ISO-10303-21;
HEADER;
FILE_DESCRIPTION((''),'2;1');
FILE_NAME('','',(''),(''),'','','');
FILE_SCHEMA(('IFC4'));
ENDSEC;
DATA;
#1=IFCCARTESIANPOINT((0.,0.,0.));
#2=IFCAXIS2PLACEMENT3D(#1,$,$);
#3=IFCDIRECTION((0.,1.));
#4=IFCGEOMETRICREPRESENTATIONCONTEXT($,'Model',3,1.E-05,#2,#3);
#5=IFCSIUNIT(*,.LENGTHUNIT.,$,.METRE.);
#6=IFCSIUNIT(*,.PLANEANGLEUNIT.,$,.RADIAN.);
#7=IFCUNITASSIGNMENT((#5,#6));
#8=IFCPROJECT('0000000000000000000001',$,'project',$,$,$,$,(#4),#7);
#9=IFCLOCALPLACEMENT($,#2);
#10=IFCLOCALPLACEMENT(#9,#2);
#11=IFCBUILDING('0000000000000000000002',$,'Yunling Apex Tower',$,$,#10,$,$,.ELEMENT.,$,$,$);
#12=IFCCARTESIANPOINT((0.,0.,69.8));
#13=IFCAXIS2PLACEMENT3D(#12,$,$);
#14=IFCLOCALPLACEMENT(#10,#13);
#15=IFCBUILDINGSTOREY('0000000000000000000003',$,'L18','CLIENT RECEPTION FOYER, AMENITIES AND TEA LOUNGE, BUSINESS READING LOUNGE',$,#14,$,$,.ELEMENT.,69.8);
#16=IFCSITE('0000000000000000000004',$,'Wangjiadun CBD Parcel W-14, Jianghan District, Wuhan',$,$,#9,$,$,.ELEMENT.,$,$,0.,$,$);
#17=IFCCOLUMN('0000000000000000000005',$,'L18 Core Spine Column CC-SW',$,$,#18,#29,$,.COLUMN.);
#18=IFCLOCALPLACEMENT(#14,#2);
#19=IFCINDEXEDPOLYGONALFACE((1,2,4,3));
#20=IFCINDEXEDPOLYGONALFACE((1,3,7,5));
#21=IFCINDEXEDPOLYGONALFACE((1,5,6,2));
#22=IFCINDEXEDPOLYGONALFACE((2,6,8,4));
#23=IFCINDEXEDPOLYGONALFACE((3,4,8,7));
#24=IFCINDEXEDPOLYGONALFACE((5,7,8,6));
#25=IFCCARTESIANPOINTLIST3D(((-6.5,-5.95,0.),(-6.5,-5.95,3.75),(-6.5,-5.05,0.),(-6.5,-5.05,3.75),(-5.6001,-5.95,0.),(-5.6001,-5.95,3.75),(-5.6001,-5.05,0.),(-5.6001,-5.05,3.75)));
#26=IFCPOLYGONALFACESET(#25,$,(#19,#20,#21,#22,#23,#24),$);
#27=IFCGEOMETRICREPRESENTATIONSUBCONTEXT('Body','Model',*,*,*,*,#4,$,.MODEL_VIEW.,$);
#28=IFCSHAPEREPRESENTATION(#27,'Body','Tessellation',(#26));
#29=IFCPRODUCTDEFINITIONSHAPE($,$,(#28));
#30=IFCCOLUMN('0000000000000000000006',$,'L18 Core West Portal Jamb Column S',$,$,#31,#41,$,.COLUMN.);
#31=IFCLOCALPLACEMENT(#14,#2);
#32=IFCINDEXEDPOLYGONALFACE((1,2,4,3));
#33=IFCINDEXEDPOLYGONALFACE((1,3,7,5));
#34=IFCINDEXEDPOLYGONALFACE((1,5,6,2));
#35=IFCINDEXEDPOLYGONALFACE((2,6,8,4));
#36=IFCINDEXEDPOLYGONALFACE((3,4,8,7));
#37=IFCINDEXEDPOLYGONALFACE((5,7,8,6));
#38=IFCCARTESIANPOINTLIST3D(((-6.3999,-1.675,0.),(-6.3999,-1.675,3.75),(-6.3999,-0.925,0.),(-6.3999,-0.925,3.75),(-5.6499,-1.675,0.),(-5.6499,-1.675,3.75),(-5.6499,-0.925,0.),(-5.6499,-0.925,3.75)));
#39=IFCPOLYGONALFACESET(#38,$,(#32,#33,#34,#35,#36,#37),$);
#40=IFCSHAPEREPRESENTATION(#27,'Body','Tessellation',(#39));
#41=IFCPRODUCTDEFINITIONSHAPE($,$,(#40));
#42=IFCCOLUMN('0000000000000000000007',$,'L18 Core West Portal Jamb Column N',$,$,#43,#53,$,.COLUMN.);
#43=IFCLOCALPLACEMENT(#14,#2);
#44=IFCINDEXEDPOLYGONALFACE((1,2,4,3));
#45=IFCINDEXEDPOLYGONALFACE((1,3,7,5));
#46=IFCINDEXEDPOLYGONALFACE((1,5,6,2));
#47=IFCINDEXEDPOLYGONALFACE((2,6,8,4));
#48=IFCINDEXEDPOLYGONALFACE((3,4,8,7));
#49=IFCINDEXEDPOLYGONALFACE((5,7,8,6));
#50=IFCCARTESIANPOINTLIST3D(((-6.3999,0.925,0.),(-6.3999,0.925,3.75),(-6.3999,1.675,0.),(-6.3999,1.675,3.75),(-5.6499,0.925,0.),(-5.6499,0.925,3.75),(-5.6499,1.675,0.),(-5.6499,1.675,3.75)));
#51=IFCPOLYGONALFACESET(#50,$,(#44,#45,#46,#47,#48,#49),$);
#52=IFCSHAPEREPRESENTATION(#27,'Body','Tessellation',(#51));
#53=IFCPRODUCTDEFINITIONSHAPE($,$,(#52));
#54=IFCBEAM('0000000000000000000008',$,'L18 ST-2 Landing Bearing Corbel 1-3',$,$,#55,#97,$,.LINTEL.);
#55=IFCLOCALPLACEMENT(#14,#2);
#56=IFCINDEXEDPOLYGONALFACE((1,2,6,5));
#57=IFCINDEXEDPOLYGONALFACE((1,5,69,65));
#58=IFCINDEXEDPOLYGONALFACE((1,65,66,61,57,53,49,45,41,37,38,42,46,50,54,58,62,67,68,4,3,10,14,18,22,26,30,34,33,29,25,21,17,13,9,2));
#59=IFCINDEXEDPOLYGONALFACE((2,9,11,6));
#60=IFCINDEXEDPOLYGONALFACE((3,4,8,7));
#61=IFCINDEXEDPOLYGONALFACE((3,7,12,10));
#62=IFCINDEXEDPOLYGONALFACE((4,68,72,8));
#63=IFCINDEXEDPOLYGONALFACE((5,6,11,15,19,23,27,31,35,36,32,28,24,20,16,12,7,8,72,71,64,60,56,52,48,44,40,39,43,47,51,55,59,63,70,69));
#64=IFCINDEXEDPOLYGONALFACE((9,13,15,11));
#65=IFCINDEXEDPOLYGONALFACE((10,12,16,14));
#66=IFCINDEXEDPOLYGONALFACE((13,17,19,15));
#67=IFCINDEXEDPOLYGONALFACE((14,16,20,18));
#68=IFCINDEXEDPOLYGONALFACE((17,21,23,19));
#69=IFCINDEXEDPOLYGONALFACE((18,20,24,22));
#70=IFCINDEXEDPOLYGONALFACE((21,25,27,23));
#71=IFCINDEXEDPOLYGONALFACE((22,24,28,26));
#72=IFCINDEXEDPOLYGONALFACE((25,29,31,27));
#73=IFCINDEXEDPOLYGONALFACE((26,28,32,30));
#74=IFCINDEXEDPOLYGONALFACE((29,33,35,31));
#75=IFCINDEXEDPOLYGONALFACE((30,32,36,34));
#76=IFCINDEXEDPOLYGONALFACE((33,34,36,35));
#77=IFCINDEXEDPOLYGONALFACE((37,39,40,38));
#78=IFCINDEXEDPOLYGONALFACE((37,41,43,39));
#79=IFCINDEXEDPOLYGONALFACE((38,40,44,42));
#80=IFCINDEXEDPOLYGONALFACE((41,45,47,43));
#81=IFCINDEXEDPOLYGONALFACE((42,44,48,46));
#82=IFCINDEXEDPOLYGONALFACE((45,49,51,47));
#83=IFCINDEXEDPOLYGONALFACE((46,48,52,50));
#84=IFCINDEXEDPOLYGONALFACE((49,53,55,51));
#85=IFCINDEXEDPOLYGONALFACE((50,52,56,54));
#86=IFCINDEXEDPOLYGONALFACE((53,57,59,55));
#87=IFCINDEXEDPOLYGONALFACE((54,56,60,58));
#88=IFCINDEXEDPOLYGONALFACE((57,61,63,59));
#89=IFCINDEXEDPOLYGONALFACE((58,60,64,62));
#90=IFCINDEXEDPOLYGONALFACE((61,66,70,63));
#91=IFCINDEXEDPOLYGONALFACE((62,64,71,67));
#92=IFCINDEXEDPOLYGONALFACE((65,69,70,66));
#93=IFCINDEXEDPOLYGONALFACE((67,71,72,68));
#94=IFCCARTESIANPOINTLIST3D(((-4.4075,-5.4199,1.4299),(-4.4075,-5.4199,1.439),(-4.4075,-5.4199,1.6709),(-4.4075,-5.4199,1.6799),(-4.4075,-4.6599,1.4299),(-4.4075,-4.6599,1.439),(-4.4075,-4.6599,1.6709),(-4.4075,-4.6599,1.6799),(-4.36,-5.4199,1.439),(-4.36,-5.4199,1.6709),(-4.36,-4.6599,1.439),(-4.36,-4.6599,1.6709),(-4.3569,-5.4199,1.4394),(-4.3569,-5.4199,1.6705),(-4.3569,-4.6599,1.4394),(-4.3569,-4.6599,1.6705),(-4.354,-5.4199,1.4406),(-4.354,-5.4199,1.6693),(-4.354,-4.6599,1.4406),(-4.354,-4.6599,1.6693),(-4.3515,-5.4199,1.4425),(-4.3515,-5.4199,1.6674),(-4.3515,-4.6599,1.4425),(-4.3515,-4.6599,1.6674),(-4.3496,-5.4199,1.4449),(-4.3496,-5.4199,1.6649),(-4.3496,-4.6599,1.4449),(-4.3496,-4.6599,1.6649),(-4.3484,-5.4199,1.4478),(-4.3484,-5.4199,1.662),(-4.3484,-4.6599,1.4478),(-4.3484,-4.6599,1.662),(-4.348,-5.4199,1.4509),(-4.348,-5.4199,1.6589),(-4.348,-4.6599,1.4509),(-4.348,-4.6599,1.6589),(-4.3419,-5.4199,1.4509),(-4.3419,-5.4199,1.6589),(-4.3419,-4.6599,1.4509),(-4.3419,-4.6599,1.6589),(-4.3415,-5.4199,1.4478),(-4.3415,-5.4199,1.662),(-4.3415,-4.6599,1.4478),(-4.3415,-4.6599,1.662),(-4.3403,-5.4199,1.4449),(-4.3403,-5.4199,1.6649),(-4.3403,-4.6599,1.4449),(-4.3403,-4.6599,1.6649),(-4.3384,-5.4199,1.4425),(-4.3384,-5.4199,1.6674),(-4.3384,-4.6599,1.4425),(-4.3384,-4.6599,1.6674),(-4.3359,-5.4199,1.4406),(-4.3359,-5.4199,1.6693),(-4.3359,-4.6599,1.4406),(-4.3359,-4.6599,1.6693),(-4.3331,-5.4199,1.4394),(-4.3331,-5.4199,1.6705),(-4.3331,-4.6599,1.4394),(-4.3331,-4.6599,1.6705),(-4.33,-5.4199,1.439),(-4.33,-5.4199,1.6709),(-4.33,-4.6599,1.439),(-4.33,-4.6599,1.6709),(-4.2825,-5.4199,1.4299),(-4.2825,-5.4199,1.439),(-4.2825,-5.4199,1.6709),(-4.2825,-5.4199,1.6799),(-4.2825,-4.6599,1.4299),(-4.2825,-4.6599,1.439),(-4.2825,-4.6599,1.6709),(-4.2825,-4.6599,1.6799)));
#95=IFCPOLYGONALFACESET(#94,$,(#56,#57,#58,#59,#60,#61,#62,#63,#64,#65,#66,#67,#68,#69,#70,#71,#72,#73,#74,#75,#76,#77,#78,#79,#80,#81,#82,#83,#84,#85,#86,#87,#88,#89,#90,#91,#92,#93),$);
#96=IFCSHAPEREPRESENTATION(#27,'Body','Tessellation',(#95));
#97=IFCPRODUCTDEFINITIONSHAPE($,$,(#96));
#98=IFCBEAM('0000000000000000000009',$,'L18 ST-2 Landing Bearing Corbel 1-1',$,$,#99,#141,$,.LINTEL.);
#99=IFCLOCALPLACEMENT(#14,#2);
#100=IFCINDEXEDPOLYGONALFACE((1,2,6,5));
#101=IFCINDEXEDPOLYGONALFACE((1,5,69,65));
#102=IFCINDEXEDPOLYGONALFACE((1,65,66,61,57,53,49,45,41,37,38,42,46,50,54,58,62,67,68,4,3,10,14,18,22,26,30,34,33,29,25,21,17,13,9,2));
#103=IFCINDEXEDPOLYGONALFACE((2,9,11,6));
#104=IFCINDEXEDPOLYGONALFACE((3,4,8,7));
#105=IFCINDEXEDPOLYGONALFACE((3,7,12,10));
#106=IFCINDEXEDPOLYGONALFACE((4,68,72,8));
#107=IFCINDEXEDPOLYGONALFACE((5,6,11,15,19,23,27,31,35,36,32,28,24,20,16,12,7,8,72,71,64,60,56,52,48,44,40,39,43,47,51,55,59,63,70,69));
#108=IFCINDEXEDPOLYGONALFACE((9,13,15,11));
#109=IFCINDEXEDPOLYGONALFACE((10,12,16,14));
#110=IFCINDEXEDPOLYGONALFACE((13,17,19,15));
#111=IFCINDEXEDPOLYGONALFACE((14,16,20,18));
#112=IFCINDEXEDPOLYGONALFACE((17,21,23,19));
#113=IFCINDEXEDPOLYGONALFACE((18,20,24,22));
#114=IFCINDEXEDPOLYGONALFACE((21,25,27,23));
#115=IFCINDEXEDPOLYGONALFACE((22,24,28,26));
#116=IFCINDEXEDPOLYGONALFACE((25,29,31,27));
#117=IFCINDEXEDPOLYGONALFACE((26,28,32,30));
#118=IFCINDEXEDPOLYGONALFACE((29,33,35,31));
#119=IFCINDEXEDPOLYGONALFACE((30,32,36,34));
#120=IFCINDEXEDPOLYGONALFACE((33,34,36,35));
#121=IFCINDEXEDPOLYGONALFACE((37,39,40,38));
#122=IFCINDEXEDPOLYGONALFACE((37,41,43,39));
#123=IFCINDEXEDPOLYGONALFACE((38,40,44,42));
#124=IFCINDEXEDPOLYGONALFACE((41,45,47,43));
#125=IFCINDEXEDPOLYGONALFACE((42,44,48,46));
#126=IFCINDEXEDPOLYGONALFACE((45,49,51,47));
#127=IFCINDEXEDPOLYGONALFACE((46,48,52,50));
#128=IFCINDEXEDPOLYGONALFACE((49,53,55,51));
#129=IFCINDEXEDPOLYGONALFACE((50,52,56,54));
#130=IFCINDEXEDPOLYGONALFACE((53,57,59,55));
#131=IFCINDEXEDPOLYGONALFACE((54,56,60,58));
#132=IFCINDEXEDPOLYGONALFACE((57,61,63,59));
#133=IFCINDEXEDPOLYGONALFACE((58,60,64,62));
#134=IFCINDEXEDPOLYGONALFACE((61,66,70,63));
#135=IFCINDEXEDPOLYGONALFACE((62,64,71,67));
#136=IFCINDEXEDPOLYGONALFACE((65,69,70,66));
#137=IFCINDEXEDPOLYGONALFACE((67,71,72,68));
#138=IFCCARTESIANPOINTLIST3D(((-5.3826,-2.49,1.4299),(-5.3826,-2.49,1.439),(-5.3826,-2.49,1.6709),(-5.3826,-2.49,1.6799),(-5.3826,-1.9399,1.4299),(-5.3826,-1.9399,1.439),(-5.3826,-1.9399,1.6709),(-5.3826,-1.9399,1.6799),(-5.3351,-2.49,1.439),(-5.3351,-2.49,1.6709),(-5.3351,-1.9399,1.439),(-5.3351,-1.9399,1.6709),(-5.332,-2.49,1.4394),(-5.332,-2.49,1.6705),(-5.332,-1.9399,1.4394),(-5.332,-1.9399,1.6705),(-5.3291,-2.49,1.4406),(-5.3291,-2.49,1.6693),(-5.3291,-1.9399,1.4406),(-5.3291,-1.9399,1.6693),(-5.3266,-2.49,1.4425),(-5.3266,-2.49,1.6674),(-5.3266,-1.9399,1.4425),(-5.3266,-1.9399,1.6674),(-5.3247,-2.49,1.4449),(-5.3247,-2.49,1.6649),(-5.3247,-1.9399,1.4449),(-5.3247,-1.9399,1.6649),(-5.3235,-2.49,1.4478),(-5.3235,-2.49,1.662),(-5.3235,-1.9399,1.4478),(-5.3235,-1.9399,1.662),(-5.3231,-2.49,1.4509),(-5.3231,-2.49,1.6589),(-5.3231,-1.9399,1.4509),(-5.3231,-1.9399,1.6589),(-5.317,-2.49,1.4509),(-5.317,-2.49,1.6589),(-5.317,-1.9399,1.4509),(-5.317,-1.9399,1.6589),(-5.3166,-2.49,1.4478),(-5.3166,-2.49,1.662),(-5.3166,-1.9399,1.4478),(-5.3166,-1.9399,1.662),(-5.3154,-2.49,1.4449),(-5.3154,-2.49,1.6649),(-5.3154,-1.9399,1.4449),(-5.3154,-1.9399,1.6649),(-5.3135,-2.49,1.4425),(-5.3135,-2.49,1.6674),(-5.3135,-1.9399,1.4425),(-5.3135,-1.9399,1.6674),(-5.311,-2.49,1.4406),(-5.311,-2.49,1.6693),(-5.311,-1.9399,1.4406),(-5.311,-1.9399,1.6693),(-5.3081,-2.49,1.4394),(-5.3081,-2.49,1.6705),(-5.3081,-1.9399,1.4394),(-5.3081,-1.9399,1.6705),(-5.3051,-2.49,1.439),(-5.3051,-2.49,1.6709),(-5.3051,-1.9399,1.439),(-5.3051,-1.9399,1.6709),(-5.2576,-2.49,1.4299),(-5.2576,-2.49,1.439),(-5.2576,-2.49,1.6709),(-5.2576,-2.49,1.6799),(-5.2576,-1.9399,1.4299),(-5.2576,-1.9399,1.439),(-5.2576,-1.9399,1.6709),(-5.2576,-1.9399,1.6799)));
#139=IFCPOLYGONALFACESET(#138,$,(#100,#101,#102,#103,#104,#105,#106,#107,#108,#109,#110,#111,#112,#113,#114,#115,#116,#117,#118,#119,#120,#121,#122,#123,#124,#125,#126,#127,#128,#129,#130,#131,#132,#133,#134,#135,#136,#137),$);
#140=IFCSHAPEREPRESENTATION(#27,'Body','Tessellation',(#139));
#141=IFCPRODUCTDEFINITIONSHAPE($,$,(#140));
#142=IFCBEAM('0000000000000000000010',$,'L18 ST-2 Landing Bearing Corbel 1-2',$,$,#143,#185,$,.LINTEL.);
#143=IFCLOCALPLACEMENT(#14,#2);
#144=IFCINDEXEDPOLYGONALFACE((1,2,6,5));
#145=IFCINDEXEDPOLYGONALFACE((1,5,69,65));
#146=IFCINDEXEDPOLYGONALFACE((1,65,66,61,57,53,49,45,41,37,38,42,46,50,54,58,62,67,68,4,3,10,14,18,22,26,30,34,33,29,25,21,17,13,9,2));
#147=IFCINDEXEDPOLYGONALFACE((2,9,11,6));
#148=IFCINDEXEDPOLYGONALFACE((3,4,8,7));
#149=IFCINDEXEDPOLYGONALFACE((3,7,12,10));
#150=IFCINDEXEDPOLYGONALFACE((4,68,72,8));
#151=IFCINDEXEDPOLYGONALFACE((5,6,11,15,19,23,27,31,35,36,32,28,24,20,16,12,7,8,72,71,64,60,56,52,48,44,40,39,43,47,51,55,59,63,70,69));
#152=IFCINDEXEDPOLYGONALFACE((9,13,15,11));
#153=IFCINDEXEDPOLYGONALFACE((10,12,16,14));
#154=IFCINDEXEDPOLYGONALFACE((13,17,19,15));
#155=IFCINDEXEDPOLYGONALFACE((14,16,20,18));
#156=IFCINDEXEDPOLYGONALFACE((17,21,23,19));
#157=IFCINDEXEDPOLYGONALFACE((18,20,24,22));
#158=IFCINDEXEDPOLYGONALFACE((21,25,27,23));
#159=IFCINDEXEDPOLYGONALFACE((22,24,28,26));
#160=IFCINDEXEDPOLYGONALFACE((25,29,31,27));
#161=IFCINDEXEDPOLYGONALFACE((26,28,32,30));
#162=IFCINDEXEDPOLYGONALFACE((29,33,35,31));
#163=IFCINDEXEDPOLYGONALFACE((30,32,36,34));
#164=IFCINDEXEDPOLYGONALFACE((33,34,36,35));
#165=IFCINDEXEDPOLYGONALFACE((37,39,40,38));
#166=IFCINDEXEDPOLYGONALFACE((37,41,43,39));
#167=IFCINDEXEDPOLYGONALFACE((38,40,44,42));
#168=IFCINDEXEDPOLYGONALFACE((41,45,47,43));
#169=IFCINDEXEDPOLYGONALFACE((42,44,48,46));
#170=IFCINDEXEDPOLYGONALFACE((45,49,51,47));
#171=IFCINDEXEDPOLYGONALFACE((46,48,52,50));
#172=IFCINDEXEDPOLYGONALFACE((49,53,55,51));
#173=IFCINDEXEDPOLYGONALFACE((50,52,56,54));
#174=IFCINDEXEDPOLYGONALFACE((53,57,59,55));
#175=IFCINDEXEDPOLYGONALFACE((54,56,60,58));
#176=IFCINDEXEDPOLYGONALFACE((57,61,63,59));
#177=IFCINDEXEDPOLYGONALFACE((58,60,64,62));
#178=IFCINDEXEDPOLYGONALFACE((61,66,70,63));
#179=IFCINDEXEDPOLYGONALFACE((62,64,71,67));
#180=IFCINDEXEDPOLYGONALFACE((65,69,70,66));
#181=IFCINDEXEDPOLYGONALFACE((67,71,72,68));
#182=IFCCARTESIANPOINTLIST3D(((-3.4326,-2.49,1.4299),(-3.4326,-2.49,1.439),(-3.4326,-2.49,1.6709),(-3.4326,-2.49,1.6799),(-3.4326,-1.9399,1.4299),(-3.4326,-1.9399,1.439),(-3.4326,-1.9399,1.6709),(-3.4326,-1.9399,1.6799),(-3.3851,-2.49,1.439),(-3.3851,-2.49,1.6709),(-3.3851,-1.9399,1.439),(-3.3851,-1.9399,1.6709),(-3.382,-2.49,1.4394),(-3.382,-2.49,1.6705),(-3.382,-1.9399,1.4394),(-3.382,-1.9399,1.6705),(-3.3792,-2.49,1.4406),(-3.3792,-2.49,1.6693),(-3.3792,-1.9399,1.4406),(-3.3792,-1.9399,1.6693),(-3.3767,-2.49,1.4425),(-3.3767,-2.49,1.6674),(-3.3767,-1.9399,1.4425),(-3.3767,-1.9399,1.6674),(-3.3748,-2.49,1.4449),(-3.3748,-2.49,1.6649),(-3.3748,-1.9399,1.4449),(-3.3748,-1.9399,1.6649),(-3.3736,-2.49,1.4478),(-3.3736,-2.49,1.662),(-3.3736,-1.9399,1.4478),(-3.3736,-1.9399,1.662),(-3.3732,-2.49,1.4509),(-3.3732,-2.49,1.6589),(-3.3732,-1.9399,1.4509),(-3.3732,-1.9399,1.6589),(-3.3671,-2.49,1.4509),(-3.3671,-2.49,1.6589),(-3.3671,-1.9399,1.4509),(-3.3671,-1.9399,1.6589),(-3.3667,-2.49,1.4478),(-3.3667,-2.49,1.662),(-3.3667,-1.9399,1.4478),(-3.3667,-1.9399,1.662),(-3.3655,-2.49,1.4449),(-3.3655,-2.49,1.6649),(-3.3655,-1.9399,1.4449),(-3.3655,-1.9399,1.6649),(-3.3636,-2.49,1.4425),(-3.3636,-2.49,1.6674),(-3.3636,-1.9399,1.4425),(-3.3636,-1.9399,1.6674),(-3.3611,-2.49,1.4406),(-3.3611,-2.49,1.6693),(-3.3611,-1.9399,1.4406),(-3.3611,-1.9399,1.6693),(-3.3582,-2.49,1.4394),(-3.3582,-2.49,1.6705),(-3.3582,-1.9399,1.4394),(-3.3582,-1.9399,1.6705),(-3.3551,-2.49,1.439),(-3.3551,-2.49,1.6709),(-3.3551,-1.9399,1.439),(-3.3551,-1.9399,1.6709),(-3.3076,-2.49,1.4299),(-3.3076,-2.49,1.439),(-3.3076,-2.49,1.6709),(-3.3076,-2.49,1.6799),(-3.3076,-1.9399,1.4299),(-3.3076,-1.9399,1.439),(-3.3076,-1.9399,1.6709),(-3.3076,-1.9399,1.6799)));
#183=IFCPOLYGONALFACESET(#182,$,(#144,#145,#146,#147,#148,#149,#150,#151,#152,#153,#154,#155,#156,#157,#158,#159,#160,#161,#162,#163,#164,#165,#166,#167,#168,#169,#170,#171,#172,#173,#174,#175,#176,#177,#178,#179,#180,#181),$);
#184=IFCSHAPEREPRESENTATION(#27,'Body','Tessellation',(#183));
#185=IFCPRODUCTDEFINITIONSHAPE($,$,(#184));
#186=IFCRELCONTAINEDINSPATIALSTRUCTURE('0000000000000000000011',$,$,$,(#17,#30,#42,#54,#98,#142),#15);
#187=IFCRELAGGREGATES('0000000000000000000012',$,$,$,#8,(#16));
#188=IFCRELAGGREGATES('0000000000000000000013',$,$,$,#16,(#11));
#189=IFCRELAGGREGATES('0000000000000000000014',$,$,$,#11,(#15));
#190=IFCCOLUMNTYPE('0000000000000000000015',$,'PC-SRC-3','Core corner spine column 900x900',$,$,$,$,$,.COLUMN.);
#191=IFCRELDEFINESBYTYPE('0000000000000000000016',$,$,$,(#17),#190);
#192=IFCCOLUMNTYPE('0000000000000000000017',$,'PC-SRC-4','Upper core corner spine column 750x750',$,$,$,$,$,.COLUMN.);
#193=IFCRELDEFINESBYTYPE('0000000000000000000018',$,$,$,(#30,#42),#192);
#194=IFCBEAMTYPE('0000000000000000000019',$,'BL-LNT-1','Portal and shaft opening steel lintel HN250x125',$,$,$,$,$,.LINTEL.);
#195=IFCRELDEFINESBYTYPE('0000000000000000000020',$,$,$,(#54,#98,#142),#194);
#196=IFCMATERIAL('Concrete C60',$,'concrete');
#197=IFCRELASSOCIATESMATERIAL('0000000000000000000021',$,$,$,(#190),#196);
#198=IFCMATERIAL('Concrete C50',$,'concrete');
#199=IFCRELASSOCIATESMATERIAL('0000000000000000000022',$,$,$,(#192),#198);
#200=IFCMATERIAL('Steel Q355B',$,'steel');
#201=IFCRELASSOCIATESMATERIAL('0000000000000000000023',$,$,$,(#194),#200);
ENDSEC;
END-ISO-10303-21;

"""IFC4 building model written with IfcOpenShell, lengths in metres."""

from ifc_helpers import new_model, si_unit, direction, frame, origin, origin_2d, place, context, subcontext, project, spatial, rectangle, i_section, extrude, source, transform, mapped, material, material_profile, profile_set, type_object, element, save


model = new_model("IFC4")

# Units and contexts
model_context = context("Model", 3, precision=1e-05, world=origin(), true_north=direction((0.0, 1.0)))
body_context = subcontext(model_context, "Body", "Model", "MODEL_VIEW")
ifc_project = project(units=[si_unit("LENGTHUNIT", "METRE"), si_unit("PLANEANGLEUNIT", "RADIAN")], contexts=[model_context])

# Site, building, storey
site_placement = place(None, origin())
site = spatial("IfcSite", under=ifc_project, at=site_placement, Name="Wangjiadun CBD Parcel W-14, Jianghan District, Wuhan", CompositionType="ELEMENT", RefElevation=0.0)
building_placement = place(site_placement, origin())
building = spatial("IfcBuilding", under=site, at=building_placement, Name="Yunling Apex Tower", CompositionType="ELEMENT")
storey_placement = place(building_placement, frame((0.0, 0.0, 69.8)))
storey = spatial("IfcBuildingStorey", under=building, at=storey_placement, Name="L18", Description="CLIENT RECEPTION FOYER, AMENITIES AND TEA LOUNGE, BUSINESS READING LOUNGE", CompositionType="ELEMENT", Elevation=69.8)

# Columns
ifc_material_1 = material(Name="Concrete C60", Category="concrete")
ifc_material_profile_1 = material_profile(ifc_material_1, rectangle(XDim=0.8999, YDim=0.8999, at=origin_2d()))
ifc_profile_set_1 = profile_set([ifc_material_profile_1], Name="Concrete C60")
column_type_1 = type_object("IfcColumnType", Name="PC-SRC-3", Description="Core corner spine column 900x900", PredefinedType="COLUMN", material=ifc_profile_set_1)
shared_shape_1 = source(origin(), body_context, "Body", "SweptSolid", [
    extrude(rectangle(XDim=0.8999, YDim=0.8999, at=origin_2d()), origin(), (0.0, 0.0, 1.0), 3.75),
])
column_placement = place(storey_placement, frame((-6.05, -5.5, 0.0), z_axis=(0.0, 0.0, 1.0), x_axis=(1.0, 0.0, 0.0)))
element("IfcColumn", 1, at=column_placement, inside=storey, type_object=column_type_1, Name="L18 Core Spine Column CC-SW", PredefinedType="COLUMN", context=body_context, shape_type="MappedRepresentation", body=[
    mapped(shared_shape_1, transform((0.0, 0.0, 0.0), scale=1.0)),
])
ifc_material_2 = material(Name="Concrete C50", Category="concrete")
ifc_material_profile_2 = material_profile(ifc_material_2, rectangle(XDim=0.75, YDim=0.75, at=origin_2d()))
ifc_profile_set_2 = profile_set([ifc_material_profile_2], Name="Concrete C50")
column_type_2 = type_object("IfcColumnType", Name="PC-SRC-4", Description="Upper core corner spine column 750x750", PredefinedType="COLUMN", material=ifc_profile_set_2)
shared_shape_2 = source(origin(), body_context, "Body", "SweptSolid", [
    extrude(rectangle(XDim=0.75, YDim=0.75, at=origin_2d()), origin(), (0.0, 0.0, 1.0), 3.75),
])
for number, where, z_axis, x_axis, name in (
    (2, (-6.0249, -1.3, 0.0), (0.0, 0.0, 1.0), (1.0, 0.0, 0.0), "L18 Core West Portal Jamb Column S"),
    (3, (-6.0249, 1.3, 0.0), (0.0, 0.0, 1.0), (1.0, 0.0, 0.0), "L18 Core West Portal Jamb Column N"),
):
    element("IfcColumn", number, at=place(storey_placement, frame(where, z_axis=z_axis, x_axis=x_axis)), inside=storey, type_object=column_type_2, Name=name, PredefinedType="COLUMN", context=body_context, shape_type="MappedRepresentation", body=[
        mapped(shared_shape_2, transform((0.0, 0.0, 0.0), scale=1.0)),
    ])

# Beams
ifc_material_3 = material(Name="Steel Q355B", Category="steel")
ifc_material_profile_3 = material_profile(ifc_material_3, i_section(OverallWidth=0.125, OverallDepth=0.25, WebThickness=0.0061, FlangeThickness=0.009, FilletRadius=0.012, at=origin_2d()))
ifc_profile_set_3 = profile_set([ifc_material_profile_3], Name="Steel Q355B")
beam_type_1 = type_object("IfcBeamType", Name="BL-LNT-1", Description="Portal and shaft opening steel lintel HN250x125", PredefinedType="LINTEL", material=ifc_profile_set_3)
shared_shape_3 = source(origin(), body_context, "Body", "SweptSolid", [
    extrude(i_section(OverallWidth=0.125, OverallDepth=0.25, WebThickness=0.0061, FlangeThickness=0.009, FilletRadius=0.012, at=origin_2d()), origin(), (0.0, 0.0, 1.0), 0.76),
])
beam_1_placement = place(storey_placement, frame((-4.345, -5.4199, 1.5549), z_axis=(0.0, 1.0, 0.0), x_axis=(-1.0, 0.0, 0.0)))
element("IfcBeam", 4, at=beam_1_placement, inside=storey, type_object=beam_type_1, Name="L18 ST-2 Landing Bearing Corbel 1-3", PredefinedType="LINTEL", context=body_context, shape_type="MappedRepresentation", body=[
    mapped(shared_shape_3, transform((0.0, 0.0, 0.0), scale=1.0)),
])
shared_shape_4 = source(origin(), body_context, "Body", "SweptSolid", [
    extrude(i_section(OverallWidth=0.125, OverallDepth=0.25, WebThickness=0.0061, FlangeThickness=0.009, FilletRadius=0.012, at=origin_2d()), origin(), (0.0, 0.0, 1.0), 0.55),
])
for number, where, z_axis, x_axis, name in (
    (5, (-5.3201, -1.9399, 1.5549), (0.0, -1.0, 0.0), (1.0, 0.0, 0.0), "L18 ST-2 Landing Bearing Corbel 1-1"),
    (6, (-3.3701, -1.9399, 1.5549), (0.0, -1.0, 0.0), (1.0, 0.0, 0.0), "L18 ST-2 Landing Bearing Corbel 1-2"),
):
    element("IfcBeam", number, at=place(storey_placement, frame(where, z_axis=z_axis, x_axis=x_axis)), inside=storey, type_object=beam_type_1, Name=name, PredefinedType="LINTEL", context=body_context, shape_type="MappedRepresentation", body=[
        mapped(shared_shape_4, transform((0.0, 0.0, 0.0), scale=1.0)),
    ])

save(model, "model.ifc")
